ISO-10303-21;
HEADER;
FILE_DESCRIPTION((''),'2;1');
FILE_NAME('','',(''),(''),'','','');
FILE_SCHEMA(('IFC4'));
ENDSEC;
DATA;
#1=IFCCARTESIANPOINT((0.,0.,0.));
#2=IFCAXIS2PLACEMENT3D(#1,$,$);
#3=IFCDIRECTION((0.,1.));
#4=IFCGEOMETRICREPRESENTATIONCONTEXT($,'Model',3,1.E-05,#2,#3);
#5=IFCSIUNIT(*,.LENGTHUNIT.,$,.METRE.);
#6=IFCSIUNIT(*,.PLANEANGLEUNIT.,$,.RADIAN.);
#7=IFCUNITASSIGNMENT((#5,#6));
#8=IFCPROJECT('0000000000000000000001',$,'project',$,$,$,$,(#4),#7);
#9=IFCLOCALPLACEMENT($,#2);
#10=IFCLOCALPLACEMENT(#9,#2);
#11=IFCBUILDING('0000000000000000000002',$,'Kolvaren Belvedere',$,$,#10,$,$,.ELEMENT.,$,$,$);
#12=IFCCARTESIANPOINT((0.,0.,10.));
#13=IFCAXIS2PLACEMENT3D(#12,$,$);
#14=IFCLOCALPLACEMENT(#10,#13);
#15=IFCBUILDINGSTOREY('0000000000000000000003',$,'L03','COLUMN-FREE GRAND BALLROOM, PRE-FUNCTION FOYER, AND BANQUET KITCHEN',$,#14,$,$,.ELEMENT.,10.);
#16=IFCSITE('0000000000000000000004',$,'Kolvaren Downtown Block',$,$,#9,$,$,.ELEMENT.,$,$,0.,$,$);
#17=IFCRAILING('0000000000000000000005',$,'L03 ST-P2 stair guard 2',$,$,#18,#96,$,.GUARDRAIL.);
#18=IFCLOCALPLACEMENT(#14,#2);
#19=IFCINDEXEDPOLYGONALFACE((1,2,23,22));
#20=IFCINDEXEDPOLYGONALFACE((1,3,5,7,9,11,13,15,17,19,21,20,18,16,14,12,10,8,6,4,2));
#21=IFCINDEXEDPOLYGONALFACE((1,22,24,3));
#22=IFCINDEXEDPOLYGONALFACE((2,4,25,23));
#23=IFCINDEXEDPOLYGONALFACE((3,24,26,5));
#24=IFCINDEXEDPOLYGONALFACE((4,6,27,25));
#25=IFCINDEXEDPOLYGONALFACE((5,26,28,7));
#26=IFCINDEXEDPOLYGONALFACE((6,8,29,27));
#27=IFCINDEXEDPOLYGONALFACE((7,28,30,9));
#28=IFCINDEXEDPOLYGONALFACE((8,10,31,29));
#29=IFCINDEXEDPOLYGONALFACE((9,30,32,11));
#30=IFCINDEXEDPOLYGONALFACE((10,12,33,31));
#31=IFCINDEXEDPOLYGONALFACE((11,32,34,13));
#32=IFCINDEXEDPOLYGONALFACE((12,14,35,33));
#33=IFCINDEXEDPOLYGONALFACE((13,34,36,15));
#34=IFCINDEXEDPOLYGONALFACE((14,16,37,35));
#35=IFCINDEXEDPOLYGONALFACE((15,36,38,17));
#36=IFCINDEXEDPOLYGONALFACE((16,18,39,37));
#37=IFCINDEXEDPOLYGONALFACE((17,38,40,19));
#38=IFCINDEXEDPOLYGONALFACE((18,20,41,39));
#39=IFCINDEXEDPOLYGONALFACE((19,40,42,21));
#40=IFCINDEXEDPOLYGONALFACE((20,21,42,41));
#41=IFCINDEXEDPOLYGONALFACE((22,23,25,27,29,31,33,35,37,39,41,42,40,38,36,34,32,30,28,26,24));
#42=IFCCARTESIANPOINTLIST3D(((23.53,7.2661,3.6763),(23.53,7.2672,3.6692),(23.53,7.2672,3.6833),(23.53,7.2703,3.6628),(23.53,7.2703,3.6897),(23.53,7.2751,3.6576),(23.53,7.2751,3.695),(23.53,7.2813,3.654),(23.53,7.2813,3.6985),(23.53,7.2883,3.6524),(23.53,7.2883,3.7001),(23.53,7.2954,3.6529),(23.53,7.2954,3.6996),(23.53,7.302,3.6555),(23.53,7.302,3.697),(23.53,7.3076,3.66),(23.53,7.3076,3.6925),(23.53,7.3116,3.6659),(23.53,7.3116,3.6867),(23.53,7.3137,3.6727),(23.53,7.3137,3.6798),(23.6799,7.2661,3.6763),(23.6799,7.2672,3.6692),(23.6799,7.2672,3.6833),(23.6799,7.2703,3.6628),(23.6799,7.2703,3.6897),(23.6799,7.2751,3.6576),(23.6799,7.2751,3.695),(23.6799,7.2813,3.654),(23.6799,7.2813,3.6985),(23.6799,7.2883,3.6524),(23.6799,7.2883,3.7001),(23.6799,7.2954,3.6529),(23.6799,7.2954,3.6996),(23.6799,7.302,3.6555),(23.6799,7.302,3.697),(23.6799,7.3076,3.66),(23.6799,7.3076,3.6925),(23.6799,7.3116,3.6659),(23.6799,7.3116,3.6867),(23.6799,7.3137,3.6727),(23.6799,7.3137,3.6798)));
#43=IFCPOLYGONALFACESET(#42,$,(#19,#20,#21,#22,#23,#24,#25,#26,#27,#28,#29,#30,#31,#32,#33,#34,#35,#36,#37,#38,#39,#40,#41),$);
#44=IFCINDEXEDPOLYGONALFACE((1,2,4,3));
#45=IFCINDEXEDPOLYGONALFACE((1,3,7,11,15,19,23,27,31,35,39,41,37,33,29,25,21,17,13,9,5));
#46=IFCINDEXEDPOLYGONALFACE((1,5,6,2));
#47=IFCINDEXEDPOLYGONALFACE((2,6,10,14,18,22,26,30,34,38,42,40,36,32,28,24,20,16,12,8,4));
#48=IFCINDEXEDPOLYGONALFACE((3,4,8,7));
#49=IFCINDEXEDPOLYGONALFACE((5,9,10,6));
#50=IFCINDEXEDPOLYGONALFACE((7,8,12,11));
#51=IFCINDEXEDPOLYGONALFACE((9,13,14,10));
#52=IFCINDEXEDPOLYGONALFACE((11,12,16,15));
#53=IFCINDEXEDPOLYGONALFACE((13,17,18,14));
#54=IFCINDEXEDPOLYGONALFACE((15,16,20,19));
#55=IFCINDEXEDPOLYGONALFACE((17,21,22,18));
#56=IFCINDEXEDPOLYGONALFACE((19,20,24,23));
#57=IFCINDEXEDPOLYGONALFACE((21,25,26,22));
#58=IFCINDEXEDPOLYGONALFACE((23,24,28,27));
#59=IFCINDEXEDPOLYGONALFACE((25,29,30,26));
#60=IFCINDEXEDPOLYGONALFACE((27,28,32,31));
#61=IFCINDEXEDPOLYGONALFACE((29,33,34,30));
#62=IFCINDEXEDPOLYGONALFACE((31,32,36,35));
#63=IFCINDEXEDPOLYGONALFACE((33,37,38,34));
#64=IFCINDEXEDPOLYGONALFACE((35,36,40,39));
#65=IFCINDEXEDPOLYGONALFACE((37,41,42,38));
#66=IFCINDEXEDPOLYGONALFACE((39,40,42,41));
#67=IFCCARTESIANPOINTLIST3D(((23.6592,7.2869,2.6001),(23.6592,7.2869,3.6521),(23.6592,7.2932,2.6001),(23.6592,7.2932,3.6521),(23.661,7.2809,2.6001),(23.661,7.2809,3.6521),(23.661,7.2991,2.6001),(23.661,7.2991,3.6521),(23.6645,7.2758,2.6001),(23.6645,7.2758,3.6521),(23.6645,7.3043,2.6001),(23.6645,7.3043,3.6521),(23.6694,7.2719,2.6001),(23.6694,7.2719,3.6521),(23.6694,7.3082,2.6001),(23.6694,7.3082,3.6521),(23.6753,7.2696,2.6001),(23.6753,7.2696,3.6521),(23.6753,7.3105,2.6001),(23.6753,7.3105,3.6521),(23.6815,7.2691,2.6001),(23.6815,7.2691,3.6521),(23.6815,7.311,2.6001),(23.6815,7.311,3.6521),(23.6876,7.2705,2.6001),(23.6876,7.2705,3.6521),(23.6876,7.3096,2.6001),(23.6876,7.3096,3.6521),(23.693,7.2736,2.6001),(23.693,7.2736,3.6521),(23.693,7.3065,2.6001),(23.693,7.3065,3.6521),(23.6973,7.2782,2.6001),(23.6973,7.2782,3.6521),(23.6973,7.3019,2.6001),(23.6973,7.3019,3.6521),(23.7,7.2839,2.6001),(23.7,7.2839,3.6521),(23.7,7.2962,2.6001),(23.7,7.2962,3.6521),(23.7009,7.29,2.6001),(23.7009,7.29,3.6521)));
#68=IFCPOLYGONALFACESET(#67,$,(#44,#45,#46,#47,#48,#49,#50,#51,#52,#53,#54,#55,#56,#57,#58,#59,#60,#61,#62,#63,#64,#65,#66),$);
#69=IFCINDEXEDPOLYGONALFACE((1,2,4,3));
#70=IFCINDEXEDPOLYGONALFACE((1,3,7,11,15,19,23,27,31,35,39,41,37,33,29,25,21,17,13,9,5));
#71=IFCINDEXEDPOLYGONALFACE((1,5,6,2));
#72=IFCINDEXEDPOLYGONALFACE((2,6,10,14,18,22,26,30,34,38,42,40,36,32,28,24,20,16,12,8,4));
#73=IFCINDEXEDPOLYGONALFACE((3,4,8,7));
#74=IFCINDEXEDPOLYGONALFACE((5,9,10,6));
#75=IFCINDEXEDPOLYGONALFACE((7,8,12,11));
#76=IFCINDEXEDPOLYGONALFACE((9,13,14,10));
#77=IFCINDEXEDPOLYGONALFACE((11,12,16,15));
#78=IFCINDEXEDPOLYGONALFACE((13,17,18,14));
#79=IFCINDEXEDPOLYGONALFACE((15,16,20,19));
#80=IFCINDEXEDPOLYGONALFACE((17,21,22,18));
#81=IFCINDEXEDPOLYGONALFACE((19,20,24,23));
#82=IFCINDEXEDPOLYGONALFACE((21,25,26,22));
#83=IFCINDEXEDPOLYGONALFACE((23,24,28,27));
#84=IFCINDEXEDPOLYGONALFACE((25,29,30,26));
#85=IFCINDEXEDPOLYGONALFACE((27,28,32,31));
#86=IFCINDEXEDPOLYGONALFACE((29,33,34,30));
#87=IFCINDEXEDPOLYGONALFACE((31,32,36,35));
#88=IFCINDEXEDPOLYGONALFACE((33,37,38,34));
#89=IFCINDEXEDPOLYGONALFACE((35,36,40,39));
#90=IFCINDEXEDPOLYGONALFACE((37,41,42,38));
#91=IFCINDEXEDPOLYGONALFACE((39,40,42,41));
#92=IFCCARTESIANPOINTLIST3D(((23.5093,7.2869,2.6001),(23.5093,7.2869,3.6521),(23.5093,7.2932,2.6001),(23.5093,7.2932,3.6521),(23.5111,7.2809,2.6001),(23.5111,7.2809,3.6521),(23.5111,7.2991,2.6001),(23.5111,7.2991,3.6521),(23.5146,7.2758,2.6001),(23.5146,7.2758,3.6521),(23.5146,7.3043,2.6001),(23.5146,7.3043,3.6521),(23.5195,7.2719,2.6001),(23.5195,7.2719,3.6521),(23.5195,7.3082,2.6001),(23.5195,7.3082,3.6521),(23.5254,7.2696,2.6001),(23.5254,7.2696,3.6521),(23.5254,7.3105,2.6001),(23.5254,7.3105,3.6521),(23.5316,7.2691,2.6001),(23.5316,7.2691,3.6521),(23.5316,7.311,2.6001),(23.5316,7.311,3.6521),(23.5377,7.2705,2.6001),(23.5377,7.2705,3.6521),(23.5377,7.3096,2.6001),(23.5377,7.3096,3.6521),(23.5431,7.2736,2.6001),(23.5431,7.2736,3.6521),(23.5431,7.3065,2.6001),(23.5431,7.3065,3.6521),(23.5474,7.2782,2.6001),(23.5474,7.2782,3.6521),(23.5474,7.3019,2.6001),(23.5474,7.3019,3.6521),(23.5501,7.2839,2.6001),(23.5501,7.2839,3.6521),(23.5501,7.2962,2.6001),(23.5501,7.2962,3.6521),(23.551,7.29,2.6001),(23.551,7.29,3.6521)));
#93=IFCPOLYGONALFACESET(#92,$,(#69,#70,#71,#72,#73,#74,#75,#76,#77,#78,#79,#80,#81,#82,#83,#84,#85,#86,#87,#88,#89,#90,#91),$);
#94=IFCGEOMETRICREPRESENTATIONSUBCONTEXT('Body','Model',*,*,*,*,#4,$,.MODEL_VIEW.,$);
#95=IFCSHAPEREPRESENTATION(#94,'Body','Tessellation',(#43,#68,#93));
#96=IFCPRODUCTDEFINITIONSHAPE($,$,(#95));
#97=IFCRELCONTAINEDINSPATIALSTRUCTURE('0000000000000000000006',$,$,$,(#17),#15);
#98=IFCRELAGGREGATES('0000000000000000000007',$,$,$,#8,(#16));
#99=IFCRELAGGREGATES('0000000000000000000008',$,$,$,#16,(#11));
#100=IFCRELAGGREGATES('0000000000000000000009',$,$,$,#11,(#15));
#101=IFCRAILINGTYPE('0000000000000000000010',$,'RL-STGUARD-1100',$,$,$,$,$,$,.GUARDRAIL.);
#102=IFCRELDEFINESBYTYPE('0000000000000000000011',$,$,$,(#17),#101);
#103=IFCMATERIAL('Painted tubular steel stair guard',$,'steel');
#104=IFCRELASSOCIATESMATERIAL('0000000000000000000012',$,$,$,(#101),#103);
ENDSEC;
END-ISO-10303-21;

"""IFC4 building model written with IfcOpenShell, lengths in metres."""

from ifc_helpers import new_model, si_unit, direction, frame, origin, origin_2d, place, context, subcontext, project, spatial, circle, extrude, material, type_object, element, save


model = new_model("IFC4")

# Units and contexts
model_context = context("Model", 3, precision=1e-05, world=origin(), true_north=direction((0.0, 1.0)))
body_context = subcontext(model_context, "Body", "Model", "MODEL_VIEW")
ifc_project = project(units=[si_unit("LENGTHUNIT", "METRE"), si_unit("PLANEANGLEUNIT", "RADIAN")], contexts=[model_context])

# Site, building, storey
site_placement = place(None, origin())
site = spatial("IfcSite", under=ifc_project, at=site_placement, Name="Kolvaren Downtown Block", CompositionType="ELEMENT", RefElevation=0.0)
building_placement = place(site_placement, origin())
building = spatial("IfcBuilding", under=site, at=building_placement, Name="Kolvaren Belvedere", CompositionType="ELEMENT")
storey_placement = place(building_placement, frame((0.0, 0.0, 10.0)))
storey = spatial("IfcBuildingStorey", under=building, at=storey_placement, Name="L03", Description="COLUMN-FREE GRAND BALLROOM, PRE-FUNCTION FOYER, AND BANQUET KITCHEN", CompositionType="ELEMENT", Elevation=10.0)

# Railing
ifc_material_1 = material(Name="Painted tubular steel stair guard", Category="steel")
railing_type_1 = type_object("IfcRailingType", Name="RL-STGUARD-1100", PredefinedType="GUARDRAIL", material=ifc_material_1)
railing_1_placement = place(storey_placement, frame((23.6799, 7.29, 2.6001)))
element("IfcRailing", 1, at=railing_1_placement, inside=storey, type_object=railing_type_1, Name="L03 ST-P2 stair guard 2", PredefinedType="GUARDRAIL", context=body_context, shape_type="SweptSolid", body=[
    extrude(circle(Radius=0.0239, at=origin_2d()), frame((0.0, 0.0, 1.0762), z_axis=(-1.0, 0.0, 0.0), x_axis=(0.0, -1.0, 0.0)), (0.0, 0.0, 1.0), 0.1499),
    extrude(circle(Radius=0.021, at=origin_2d()), origin(), (0.0, 0.0, 1.0), 1.052),
    extrude(circle(Radius=0.021, at=origin_2d()), frame((-0.1499, 0.0, 0.0)), (0.0, 0.0, 1.0), 1.052),
])

save(model, "model.ifc")
